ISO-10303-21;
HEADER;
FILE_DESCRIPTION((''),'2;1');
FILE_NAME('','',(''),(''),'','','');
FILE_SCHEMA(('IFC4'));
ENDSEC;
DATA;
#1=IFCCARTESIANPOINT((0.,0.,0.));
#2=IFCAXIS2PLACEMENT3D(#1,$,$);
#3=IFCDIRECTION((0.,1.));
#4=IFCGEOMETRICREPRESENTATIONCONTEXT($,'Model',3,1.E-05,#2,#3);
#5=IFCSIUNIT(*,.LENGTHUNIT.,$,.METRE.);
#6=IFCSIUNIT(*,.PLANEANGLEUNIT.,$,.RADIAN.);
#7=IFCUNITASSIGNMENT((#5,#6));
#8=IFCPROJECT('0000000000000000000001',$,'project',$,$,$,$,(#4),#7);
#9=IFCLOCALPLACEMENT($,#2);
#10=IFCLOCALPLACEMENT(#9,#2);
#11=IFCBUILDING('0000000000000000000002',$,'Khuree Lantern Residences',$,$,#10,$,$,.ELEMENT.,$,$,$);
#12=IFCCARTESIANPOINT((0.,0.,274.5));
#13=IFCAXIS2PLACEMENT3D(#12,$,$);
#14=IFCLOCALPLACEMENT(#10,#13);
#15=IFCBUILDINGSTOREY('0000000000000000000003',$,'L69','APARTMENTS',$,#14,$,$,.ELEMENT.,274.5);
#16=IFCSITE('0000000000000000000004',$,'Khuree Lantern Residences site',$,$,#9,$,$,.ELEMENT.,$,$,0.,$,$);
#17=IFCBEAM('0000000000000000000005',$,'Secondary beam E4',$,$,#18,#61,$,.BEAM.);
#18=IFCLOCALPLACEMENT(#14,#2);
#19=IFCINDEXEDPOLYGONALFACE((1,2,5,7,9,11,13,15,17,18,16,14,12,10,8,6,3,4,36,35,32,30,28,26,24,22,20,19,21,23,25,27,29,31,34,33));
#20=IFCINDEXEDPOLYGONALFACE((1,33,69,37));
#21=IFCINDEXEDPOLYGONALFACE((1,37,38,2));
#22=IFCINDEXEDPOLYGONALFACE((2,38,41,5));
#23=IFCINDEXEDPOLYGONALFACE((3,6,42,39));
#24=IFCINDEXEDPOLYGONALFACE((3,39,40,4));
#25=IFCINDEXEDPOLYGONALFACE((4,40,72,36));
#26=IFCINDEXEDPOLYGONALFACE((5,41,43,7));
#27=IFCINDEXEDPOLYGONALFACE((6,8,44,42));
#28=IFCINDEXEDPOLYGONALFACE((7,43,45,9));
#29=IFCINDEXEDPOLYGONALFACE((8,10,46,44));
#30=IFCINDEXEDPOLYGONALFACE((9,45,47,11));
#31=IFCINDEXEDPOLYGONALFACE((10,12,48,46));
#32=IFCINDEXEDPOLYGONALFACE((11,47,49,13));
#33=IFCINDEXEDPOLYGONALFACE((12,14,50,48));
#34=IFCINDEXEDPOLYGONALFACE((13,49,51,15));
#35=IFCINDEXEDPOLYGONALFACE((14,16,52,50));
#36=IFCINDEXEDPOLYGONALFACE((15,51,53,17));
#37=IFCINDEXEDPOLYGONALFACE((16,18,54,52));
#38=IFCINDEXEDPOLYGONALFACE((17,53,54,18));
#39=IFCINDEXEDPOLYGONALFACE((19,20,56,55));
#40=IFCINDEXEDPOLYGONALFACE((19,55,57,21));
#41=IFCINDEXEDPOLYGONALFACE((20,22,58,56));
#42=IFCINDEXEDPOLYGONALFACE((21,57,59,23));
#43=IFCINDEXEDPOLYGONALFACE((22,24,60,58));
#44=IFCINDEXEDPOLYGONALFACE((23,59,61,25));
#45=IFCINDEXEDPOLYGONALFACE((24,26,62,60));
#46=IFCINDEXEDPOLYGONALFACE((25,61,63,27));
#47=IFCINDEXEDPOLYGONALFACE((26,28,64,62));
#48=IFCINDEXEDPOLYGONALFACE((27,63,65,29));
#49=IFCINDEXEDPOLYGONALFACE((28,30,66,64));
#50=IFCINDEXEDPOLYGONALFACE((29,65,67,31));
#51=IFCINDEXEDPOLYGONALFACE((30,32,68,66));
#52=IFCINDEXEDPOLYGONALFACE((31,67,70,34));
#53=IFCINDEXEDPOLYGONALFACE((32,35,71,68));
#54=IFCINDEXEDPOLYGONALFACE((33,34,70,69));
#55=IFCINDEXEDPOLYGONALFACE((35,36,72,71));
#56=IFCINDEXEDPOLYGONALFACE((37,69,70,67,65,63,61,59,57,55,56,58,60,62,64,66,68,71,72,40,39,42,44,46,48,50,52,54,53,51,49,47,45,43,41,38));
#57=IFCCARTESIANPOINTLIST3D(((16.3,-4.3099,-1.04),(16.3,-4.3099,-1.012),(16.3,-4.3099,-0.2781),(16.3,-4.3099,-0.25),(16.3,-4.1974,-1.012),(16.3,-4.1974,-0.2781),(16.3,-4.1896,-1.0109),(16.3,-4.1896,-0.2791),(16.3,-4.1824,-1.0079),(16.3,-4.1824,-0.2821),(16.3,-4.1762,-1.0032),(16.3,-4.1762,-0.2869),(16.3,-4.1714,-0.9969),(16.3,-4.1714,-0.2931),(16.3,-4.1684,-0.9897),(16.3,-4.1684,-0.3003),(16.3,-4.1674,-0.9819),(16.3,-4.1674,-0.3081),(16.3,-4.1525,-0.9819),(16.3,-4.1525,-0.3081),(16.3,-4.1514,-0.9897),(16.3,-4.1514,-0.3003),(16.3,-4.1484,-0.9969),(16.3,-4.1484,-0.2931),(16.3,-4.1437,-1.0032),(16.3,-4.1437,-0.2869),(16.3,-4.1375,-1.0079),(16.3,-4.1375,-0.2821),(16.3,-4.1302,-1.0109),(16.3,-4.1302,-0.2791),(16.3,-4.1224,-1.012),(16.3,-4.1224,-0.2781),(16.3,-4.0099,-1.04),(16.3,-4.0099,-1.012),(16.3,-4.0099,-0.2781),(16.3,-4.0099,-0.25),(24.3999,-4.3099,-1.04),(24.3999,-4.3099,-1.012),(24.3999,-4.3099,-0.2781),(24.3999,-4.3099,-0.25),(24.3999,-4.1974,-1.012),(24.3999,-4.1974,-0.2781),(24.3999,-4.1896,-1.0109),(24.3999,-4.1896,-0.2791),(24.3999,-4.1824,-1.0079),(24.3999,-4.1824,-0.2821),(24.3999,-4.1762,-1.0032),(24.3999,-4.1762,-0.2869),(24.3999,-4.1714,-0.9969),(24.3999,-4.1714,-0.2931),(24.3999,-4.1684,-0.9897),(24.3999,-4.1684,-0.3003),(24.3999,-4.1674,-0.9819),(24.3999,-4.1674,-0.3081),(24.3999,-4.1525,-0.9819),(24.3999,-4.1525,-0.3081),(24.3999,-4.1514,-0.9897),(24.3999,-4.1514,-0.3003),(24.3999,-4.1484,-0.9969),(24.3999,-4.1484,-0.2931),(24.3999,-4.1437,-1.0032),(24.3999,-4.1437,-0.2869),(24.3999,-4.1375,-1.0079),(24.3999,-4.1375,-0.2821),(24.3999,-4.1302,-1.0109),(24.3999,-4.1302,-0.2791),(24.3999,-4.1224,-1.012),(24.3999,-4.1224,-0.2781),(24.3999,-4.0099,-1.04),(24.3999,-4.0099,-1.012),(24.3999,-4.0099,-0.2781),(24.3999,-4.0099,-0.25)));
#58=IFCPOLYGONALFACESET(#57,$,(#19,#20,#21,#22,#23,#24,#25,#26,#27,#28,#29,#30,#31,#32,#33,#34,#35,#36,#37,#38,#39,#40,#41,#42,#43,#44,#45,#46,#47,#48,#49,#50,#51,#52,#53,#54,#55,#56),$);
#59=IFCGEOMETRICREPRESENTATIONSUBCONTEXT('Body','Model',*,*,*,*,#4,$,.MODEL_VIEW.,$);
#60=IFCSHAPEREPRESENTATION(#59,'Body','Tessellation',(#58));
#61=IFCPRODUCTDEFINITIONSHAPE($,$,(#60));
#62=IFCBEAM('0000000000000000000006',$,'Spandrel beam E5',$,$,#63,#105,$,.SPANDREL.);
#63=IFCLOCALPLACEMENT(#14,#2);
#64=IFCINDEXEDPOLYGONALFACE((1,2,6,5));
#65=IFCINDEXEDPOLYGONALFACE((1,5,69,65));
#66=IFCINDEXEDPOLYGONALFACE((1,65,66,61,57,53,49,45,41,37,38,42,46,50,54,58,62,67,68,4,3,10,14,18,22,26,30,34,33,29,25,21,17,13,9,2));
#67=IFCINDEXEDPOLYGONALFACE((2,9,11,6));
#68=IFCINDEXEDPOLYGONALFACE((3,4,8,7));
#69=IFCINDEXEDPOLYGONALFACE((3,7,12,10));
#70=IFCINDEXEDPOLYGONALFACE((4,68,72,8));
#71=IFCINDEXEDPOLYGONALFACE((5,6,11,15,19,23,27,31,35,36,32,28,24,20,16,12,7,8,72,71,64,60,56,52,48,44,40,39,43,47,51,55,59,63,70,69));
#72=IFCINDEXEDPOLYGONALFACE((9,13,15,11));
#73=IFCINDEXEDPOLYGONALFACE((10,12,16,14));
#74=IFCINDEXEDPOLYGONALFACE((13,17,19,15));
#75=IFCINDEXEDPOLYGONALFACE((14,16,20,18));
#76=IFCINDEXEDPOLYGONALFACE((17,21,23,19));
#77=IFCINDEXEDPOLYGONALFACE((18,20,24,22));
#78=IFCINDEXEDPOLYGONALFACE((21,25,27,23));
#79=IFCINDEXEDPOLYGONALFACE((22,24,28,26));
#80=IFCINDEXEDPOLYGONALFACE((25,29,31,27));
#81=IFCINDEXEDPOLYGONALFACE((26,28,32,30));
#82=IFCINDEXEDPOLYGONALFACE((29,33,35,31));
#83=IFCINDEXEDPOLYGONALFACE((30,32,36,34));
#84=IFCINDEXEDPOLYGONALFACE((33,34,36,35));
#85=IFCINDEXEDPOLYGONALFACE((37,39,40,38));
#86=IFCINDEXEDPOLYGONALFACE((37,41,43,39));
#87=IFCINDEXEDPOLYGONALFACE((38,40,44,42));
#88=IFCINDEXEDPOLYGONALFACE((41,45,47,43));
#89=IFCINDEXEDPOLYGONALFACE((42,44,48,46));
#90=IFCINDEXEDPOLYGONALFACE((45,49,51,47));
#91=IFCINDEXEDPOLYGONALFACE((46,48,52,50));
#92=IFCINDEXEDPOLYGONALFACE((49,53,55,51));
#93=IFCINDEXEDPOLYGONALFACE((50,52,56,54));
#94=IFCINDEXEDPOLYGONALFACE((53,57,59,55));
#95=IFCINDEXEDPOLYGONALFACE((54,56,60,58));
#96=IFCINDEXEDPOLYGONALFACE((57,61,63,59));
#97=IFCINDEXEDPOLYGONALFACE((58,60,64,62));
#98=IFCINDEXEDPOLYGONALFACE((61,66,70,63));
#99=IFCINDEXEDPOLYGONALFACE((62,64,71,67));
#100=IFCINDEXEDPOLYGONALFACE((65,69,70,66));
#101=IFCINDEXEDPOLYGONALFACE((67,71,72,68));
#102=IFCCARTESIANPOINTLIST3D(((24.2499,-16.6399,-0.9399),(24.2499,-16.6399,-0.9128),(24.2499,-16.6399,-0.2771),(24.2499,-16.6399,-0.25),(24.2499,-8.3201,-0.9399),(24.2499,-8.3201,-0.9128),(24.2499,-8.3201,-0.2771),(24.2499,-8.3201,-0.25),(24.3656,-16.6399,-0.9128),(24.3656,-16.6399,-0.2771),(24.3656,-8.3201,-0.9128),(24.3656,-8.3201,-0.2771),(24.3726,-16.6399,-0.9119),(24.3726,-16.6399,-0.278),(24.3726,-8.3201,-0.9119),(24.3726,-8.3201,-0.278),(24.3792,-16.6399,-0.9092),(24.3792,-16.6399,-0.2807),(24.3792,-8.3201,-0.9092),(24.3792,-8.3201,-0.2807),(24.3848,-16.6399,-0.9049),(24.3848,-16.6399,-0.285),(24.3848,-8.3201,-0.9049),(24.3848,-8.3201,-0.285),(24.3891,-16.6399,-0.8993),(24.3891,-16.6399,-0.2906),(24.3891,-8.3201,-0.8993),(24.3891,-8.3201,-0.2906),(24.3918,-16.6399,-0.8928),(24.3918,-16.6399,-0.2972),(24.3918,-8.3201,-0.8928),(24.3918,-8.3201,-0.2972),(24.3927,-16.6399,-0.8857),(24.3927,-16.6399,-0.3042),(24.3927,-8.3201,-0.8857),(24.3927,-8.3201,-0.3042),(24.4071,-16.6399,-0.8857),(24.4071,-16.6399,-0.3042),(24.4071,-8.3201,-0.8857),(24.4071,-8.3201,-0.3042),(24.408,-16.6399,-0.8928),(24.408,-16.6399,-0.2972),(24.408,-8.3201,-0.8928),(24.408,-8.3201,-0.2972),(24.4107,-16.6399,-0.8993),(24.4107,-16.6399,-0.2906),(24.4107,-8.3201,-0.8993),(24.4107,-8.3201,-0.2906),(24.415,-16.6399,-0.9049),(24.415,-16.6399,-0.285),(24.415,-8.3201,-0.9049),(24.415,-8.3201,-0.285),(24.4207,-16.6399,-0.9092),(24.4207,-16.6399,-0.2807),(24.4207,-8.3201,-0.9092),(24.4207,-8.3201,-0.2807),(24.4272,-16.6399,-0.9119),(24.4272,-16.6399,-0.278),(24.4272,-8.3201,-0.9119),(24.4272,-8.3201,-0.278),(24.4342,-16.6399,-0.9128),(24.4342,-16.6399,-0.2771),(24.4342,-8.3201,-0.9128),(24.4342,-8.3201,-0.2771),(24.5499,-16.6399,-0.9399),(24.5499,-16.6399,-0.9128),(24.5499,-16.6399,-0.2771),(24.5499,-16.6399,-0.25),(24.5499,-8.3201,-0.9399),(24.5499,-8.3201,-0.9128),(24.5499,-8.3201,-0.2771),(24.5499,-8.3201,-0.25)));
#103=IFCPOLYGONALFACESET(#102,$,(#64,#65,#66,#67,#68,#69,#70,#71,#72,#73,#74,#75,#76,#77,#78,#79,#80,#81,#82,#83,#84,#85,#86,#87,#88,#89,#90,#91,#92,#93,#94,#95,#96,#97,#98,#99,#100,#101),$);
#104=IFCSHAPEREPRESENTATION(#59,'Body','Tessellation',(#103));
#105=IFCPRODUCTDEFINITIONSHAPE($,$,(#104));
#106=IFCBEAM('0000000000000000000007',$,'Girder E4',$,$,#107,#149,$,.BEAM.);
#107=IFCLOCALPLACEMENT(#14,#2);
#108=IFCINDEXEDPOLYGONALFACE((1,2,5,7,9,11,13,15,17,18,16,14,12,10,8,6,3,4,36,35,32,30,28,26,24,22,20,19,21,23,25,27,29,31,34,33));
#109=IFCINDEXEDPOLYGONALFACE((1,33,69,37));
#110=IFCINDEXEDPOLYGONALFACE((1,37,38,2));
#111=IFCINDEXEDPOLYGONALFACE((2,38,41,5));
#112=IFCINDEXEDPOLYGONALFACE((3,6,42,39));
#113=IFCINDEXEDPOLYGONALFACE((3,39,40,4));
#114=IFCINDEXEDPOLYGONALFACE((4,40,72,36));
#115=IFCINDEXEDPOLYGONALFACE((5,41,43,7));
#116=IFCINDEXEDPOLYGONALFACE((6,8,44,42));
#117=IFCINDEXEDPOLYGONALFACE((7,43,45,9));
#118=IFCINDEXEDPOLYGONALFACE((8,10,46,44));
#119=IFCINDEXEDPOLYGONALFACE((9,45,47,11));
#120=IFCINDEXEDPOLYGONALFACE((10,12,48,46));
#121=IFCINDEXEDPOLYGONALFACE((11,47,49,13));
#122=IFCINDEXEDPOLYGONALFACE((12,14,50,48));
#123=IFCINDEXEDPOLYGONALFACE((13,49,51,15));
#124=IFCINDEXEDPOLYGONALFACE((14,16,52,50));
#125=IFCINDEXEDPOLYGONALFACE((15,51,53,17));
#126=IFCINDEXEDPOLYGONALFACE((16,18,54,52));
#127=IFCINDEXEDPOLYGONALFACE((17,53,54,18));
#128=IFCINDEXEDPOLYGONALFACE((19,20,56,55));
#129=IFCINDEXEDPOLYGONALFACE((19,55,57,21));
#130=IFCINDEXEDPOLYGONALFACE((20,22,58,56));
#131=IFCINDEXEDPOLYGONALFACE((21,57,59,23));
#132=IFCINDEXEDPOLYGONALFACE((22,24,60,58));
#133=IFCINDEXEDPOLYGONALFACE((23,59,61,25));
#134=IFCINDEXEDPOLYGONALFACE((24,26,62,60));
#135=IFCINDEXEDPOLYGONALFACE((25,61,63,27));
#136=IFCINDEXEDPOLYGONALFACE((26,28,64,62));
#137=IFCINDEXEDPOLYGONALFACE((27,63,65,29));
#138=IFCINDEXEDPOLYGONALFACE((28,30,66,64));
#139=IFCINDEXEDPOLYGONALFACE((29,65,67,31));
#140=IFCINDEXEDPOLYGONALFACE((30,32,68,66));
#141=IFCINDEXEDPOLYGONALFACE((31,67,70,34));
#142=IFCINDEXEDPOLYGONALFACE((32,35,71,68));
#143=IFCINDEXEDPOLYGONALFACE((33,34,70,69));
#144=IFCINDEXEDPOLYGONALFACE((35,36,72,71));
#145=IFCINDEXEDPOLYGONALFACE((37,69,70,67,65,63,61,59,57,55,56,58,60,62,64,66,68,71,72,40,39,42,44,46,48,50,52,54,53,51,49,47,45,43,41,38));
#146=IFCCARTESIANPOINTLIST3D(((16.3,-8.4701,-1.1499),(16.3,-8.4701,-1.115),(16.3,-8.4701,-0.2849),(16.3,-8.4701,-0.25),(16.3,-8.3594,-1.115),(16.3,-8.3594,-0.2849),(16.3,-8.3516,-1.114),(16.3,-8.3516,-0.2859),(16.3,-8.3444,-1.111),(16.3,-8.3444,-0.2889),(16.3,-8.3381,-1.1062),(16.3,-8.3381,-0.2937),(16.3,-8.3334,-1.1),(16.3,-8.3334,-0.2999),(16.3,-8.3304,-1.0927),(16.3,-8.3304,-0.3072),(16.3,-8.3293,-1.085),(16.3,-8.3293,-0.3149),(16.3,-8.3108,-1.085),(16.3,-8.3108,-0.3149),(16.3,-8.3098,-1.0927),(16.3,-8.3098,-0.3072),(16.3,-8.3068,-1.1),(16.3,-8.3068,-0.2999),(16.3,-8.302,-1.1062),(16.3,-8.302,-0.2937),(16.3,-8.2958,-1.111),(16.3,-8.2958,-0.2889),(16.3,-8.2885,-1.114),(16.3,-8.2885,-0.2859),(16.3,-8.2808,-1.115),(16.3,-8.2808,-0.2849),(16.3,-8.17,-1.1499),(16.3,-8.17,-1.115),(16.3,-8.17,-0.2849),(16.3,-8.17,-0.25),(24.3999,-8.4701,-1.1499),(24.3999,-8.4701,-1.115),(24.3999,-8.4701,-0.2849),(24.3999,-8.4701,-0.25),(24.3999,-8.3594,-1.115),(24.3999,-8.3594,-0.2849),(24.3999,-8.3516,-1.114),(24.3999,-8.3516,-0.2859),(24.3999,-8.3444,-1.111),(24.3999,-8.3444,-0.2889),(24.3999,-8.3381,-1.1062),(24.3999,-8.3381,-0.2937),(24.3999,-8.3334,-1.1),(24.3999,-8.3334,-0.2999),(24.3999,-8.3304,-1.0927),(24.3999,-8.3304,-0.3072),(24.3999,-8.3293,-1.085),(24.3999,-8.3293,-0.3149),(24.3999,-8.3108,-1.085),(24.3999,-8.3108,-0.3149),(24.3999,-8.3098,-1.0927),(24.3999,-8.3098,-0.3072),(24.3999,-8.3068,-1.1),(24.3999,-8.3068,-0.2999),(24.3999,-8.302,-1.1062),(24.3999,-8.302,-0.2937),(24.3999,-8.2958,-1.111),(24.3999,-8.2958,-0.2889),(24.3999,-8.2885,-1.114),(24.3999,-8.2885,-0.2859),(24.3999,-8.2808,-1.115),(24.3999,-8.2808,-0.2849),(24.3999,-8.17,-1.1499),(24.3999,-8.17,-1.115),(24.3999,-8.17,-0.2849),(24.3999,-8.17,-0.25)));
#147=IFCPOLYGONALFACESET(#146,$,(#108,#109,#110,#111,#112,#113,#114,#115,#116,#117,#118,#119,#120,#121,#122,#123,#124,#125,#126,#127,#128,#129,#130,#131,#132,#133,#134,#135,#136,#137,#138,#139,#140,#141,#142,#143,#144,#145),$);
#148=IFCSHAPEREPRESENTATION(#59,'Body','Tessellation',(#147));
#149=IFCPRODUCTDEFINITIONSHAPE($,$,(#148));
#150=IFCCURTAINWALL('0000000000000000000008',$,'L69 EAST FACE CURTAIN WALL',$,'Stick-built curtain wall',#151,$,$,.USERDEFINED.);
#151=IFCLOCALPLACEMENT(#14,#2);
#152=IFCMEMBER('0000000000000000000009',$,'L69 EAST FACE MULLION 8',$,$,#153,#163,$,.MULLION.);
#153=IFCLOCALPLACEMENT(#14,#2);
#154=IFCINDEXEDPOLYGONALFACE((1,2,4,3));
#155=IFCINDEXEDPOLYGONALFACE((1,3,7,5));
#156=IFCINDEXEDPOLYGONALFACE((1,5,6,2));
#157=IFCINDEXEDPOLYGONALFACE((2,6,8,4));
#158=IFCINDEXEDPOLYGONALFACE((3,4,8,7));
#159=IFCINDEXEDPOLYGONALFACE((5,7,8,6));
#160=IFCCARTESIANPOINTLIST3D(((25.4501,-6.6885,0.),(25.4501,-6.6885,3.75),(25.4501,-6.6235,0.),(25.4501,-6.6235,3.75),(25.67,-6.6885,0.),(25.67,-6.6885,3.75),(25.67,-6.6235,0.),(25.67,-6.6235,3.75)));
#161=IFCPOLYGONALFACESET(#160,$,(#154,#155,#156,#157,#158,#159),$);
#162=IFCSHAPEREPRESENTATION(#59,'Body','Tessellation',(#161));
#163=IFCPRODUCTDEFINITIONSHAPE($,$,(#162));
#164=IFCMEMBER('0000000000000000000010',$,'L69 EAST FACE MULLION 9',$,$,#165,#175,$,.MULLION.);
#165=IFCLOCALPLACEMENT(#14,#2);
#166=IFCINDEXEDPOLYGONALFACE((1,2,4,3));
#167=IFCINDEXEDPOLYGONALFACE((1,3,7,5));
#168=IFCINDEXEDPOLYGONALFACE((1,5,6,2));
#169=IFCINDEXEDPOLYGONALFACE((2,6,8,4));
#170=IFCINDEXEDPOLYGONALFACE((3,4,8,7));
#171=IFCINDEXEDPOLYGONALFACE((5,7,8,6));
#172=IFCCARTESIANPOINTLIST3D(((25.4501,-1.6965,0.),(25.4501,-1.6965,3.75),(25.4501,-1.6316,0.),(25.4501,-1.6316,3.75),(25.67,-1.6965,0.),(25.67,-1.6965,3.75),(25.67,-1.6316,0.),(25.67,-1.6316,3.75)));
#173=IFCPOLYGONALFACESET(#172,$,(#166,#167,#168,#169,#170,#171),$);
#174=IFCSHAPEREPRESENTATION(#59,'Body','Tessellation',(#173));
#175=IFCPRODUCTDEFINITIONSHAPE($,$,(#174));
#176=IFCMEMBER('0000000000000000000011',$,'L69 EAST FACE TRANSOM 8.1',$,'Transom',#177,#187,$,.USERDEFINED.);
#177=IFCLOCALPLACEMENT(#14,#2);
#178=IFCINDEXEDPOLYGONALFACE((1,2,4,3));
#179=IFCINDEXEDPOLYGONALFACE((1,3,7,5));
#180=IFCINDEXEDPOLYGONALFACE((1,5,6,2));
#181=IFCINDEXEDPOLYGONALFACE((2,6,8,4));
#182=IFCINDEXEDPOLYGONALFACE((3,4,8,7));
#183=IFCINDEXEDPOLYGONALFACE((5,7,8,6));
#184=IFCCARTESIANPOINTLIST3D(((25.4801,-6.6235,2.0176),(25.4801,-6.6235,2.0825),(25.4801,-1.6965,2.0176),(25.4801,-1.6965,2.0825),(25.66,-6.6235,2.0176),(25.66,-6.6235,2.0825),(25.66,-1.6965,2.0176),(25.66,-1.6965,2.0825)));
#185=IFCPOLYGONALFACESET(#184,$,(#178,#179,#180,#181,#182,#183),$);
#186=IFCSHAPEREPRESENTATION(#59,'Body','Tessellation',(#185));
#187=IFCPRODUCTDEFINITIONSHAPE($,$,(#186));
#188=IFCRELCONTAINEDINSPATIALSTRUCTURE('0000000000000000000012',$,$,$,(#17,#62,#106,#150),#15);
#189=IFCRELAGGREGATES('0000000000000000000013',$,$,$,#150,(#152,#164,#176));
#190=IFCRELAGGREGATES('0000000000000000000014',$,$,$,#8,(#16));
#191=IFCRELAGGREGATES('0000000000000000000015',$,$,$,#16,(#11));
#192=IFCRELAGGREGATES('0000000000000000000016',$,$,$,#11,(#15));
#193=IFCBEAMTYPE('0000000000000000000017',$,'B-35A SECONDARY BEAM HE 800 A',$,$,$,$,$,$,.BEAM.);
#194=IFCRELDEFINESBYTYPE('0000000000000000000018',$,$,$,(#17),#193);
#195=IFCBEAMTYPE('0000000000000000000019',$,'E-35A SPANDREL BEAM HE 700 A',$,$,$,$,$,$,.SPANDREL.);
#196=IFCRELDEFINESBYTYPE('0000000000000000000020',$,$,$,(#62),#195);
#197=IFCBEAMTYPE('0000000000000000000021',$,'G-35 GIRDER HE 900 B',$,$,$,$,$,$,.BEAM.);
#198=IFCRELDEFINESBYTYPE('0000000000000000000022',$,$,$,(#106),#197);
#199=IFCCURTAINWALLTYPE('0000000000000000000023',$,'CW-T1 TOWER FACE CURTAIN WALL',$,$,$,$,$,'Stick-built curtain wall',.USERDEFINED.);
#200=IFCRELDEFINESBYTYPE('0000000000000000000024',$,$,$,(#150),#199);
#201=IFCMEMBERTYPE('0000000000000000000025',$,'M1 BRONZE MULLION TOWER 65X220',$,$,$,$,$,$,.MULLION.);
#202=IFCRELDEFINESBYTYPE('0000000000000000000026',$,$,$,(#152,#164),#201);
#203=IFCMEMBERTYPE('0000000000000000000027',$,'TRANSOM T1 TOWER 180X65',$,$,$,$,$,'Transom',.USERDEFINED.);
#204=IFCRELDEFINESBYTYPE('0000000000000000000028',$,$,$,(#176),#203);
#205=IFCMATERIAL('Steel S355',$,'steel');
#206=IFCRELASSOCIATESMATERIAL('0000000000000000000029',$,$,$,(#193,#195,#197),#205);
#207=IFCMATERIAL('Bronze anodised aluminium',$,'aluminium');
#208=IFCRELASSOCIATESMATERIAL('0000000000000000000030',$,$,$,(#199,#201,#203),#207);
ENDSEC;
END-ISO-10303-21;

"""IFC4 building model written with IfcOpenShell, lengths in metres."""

from ifc_helpers import new_model, si_unit, direction, frame, origin, origin_2d, place, context, subcontext, project, spatial, rectangle, i_section, extrude, material, material_profile, profile_set, type_object, element, aggregate, save


model = new_model("IFC4")

# Units and contexts
model_context = context("Model", 3, precision=1e-05, world=origin(), true_north=direction((0.0, 1.0)))
body_context = subcontext(model_context, "Body", "Model", "MODEL_VIEW")
ifc_project = project(units=[si_unit("LENGTHUNIT", "METRE"), si_unit("PLANEANGLEUNIT", "RADIAN")], contexts=[model_context])

# Site, building, storey
site_placement = place(None, origin())
site = spatial("IfcSite", under=ifc_project, at=site_placement, Name="Khuree Lantern Residences site", CompositionType="ELEMENT", RefElevation=0.0)
building_placement = place(site_placement, origin())
building = spatial("IfcBuilding", under=site, at=building_placement, Name="Khuree Lantern Residences", CompositionType="ELEMENT")
storey_placement = place(building_placement, frame((0.0, 0.0, 274.5)))
storey = spatial("IfcBuildingStorey", under=building, at=storey_placement, Name="L69", Description="APARTMENTS", CompositionType="ELEMENT", Elevation=274.5)

# Beams
ifc_material_1 = material(Name="Steel S355", Category="steel")
ifc_material_profile_1 = material_profile(ifc_material_1, i_section(OverallWidth=0.3, OverallDepth=0.79, WebThickness=0.0149, FlangeThickness=0.0281, FilletRadius=0.03, at=origin_2d()), Name="HE 800 A")
ifc_profile_set_1 = profile_set([ifc_material_profile_1], Name="Steel S355")
beam_type_1 = type_object("IfcBeamType", Name="B-35A SECONDARY BEAM HE 800 A", PredefinedType="BEAM", material=ifc_profile_set_1)
beam_1_placement = place(storey_placement, frame((24.3999, -4.1599, -0.645), z_axis=(-1.0, 0.0, 0.0), x_axis=(0.0, -1.0, 0.0)))
element("IfcBeam", 1, at=beam_1_placement, inside=storey, type_object=beam_type_1, Name="Secondary beam E4", PredefinedType="BEAM", context=body_context, shape_type="SweptSolid", body=[
    extrude(i_section(OverallWidth=0.3, OverallDepth=0.79, WebThickness=0.0149, FlangeThickness=0.0281, FilletRadius=0.03, at=origin_2d()), origin(), (0.0, 0.0, 1.0), 8.0999),
])
ifc_material_profile_2 = material_profile(ifc_material_1, i_section(OverallWidth=0.3, OverallDepth=0.6899, WebThickness=0.0144, FlangeThickness=0.0271, FilletRadius=0.0271, at=origin_2d()), Name="HE 700 A")
ifc_profile_set_2 = profile_set([ifc_material_profile_2], Name="Steel S355")
beam_type_2 = type_object("IfcBeamType", Name="E-35A SPANDREL BEAM HE 700 A", PredefinedType="SPANDREL", material=ifc_profile_set_2)
beam_2_placement = place(storey_placement, frame((24.3999, -8.3201, -0.595), z_axis=(0.0, -1.0, 0.0), x_axis=(1.0, 0.0, 0.0)))
element("IfcBeam", 2, at=beam_2_placement, inside=storey, type_object=beam_type_2, Name="Spandrel beam E5", PredefinedType="SPANDREL", context=body_context, shape_type="SweptSolid", body=[
    extrude(i_section(OverallWidth=0.3, OverallDepth=0.6899, WebThickness=0.0144, FlangeThickness=0.0271, FilletRadius=0.0271, at=origin_2d()), origin(), (0.0, 0.0, 1.0), 8.3198),
])
ifc_material_profile_3 = material_profile(ifc_material_1, i_section(OverallWidth=0.3, OverallDepth=0.8999, WebThickness=0.0186, FlangeThickness=0.0349, FilletRadius=0.03, at=origin_2d()), Name="HE 900 B")
ifc_profile_set_3 = profile_set([ifc_material_profile_3], Name="Steel S355")
beam_type_3 = type_object("IfcBeamType", Name="G-35 GIRDER HE 900 B", PredefinedType="BEAM", material=ifc_profile_set_3)
beam_3_placement = place(storey_placement, frame((24.3999, -8.3201, -0.7), z_axis=(-1.0, 0.0, 0.0), x_axis=(0.0, -1.0, 0.0)))
element("IfcBeam", 3, at=beam_3_placement, inside=storey, type_object=beam_type_3, Name="Girder E4", PredefinedType="BEAM", context=body_context, shape_type="SweptSolid", body=[
    extrude(i_section(OverallWidth=0.3, OverallDepth=0.8999, WebThickness=0.0186, FlangeThickness=0.0349, FilletRadius=0.03, at=origin_2d()), origin(), (0.0, 0.0, 1.0), 8.0999),
])

# Curtain wall, members
ifc_material_2 = material(Name="Bronze anodised aluminium", Category="aluminium")
curtain_wall_type = type_object("IfcCurtainWallType", Name="CW-T1 TOWER FACE CURTAIN WALL", ElementType="Stick-built curtain wall", PredefinedType="USERDEFINED", material=ifc_material_2)
curtain_wall_placement = place(storey_placement, origin())
curtain_wall = element("IfcCurtainWall", 4, at=curtain_wall_placement, inside=storey, type_object=curtain_wall_type, Name="L69 EAST FACE CURTAIN WALL", ObjectType="Stick-built curtain wall", PredefinedType="USERDEFINED")
ifc_material_profile_4 = material_profile(ifc_material_2, rectangle(XDim=0.0649, YDim=0.22, at=origin_2d()), Name="M1 65X220")
ifc_profile_set_4 = profile_set([ifc_material_profile_4], Name="Bronze anodised aluminium")
member_type_1 = type_object("IfcMemberType", Name="M1 BRONZE MULLION TOWER 65X220", PredefinedType="MULLION", material=ifc_profile_set_4)
member_1_placement = place(storey_placement, frame((25.5601, -6.656, 0.0), z_axis=(0.0, 0.0, 1.0), x_axis=(0.0, 1.0, 0.0)))
member_1 = element("IfcMember", 5, at=member_1_placement, type_object=member_type_1, Name="L69 EAST FACE MULLION 8", PredefinedType="MULLION", context=body_context, shape_type="SweptSolid", body=[
    extrude(rectangle(XDim=0.0649, YDim=0.22, at=origin_2d()), origin(), (0.0, 0.0, 1.0), 3.75),
])
member_2_placement = place(storey_placement, frame((25.5601, -1.6641, 0.0), z_axis=(0.0, 0.0, 1.0), x_axis=(0.0, 1.0, 0.0)))
member_2 = element("IfcMember", 6, at=member_2_placement, type_object=member_type_1, Name="L69 EAST FACE MULLION 9", PredefinedType="MULLION", context=body_context, shape_type="SweptSolid", body=[
    extrude(rectangle(XDim=0.0649, YDim=0.22, at=origin_2d()), origin(), (0.0, 0.0, 1.0), 3.75),
])
ifc_material_profile_5 = material_profile(ifc_material_2, rectangle(XDim=0.1799, YDim=0.0649, at=origin_2d()), Name="T1 180X65")
ifc_profile_set_5 = profile_set([ifc_material_profile_5], Name="Bronze anodised aluminium")
member_type_2 = type_object("IfcMemberType", Name="TRANSOM T1 TOWER 180X65", ElementType="Transom", PredefinedType="USERDEFINED", material=ifc_profile_set_5)
member_3_placement = place(storey_placement, frame((25.5701, -6.6235, 2.05), z_axis=(0.0, 1.0, 0.0), x_axis=(-1.0, 0.0, 0.0)))
member_3 = element("IfcMember", 7, at=member_3_placement, type_object=member_type_2, Name="L69 EAST FACE TRANSOM 8.1", ObjectType="Transom", PredefinedType="USERDEFINED", context=body_context, shape_type="SweptSolid", body=[
    extrude(rectangle(XDim=0.1799, YDim=0.0649, at=origin_2d()), origin(), (0.0, 0.0, 1.0), 4.927),
])
aggregate(curtain_wall, [member_1, member_2, member_3])

save(model, "model.ifc")
